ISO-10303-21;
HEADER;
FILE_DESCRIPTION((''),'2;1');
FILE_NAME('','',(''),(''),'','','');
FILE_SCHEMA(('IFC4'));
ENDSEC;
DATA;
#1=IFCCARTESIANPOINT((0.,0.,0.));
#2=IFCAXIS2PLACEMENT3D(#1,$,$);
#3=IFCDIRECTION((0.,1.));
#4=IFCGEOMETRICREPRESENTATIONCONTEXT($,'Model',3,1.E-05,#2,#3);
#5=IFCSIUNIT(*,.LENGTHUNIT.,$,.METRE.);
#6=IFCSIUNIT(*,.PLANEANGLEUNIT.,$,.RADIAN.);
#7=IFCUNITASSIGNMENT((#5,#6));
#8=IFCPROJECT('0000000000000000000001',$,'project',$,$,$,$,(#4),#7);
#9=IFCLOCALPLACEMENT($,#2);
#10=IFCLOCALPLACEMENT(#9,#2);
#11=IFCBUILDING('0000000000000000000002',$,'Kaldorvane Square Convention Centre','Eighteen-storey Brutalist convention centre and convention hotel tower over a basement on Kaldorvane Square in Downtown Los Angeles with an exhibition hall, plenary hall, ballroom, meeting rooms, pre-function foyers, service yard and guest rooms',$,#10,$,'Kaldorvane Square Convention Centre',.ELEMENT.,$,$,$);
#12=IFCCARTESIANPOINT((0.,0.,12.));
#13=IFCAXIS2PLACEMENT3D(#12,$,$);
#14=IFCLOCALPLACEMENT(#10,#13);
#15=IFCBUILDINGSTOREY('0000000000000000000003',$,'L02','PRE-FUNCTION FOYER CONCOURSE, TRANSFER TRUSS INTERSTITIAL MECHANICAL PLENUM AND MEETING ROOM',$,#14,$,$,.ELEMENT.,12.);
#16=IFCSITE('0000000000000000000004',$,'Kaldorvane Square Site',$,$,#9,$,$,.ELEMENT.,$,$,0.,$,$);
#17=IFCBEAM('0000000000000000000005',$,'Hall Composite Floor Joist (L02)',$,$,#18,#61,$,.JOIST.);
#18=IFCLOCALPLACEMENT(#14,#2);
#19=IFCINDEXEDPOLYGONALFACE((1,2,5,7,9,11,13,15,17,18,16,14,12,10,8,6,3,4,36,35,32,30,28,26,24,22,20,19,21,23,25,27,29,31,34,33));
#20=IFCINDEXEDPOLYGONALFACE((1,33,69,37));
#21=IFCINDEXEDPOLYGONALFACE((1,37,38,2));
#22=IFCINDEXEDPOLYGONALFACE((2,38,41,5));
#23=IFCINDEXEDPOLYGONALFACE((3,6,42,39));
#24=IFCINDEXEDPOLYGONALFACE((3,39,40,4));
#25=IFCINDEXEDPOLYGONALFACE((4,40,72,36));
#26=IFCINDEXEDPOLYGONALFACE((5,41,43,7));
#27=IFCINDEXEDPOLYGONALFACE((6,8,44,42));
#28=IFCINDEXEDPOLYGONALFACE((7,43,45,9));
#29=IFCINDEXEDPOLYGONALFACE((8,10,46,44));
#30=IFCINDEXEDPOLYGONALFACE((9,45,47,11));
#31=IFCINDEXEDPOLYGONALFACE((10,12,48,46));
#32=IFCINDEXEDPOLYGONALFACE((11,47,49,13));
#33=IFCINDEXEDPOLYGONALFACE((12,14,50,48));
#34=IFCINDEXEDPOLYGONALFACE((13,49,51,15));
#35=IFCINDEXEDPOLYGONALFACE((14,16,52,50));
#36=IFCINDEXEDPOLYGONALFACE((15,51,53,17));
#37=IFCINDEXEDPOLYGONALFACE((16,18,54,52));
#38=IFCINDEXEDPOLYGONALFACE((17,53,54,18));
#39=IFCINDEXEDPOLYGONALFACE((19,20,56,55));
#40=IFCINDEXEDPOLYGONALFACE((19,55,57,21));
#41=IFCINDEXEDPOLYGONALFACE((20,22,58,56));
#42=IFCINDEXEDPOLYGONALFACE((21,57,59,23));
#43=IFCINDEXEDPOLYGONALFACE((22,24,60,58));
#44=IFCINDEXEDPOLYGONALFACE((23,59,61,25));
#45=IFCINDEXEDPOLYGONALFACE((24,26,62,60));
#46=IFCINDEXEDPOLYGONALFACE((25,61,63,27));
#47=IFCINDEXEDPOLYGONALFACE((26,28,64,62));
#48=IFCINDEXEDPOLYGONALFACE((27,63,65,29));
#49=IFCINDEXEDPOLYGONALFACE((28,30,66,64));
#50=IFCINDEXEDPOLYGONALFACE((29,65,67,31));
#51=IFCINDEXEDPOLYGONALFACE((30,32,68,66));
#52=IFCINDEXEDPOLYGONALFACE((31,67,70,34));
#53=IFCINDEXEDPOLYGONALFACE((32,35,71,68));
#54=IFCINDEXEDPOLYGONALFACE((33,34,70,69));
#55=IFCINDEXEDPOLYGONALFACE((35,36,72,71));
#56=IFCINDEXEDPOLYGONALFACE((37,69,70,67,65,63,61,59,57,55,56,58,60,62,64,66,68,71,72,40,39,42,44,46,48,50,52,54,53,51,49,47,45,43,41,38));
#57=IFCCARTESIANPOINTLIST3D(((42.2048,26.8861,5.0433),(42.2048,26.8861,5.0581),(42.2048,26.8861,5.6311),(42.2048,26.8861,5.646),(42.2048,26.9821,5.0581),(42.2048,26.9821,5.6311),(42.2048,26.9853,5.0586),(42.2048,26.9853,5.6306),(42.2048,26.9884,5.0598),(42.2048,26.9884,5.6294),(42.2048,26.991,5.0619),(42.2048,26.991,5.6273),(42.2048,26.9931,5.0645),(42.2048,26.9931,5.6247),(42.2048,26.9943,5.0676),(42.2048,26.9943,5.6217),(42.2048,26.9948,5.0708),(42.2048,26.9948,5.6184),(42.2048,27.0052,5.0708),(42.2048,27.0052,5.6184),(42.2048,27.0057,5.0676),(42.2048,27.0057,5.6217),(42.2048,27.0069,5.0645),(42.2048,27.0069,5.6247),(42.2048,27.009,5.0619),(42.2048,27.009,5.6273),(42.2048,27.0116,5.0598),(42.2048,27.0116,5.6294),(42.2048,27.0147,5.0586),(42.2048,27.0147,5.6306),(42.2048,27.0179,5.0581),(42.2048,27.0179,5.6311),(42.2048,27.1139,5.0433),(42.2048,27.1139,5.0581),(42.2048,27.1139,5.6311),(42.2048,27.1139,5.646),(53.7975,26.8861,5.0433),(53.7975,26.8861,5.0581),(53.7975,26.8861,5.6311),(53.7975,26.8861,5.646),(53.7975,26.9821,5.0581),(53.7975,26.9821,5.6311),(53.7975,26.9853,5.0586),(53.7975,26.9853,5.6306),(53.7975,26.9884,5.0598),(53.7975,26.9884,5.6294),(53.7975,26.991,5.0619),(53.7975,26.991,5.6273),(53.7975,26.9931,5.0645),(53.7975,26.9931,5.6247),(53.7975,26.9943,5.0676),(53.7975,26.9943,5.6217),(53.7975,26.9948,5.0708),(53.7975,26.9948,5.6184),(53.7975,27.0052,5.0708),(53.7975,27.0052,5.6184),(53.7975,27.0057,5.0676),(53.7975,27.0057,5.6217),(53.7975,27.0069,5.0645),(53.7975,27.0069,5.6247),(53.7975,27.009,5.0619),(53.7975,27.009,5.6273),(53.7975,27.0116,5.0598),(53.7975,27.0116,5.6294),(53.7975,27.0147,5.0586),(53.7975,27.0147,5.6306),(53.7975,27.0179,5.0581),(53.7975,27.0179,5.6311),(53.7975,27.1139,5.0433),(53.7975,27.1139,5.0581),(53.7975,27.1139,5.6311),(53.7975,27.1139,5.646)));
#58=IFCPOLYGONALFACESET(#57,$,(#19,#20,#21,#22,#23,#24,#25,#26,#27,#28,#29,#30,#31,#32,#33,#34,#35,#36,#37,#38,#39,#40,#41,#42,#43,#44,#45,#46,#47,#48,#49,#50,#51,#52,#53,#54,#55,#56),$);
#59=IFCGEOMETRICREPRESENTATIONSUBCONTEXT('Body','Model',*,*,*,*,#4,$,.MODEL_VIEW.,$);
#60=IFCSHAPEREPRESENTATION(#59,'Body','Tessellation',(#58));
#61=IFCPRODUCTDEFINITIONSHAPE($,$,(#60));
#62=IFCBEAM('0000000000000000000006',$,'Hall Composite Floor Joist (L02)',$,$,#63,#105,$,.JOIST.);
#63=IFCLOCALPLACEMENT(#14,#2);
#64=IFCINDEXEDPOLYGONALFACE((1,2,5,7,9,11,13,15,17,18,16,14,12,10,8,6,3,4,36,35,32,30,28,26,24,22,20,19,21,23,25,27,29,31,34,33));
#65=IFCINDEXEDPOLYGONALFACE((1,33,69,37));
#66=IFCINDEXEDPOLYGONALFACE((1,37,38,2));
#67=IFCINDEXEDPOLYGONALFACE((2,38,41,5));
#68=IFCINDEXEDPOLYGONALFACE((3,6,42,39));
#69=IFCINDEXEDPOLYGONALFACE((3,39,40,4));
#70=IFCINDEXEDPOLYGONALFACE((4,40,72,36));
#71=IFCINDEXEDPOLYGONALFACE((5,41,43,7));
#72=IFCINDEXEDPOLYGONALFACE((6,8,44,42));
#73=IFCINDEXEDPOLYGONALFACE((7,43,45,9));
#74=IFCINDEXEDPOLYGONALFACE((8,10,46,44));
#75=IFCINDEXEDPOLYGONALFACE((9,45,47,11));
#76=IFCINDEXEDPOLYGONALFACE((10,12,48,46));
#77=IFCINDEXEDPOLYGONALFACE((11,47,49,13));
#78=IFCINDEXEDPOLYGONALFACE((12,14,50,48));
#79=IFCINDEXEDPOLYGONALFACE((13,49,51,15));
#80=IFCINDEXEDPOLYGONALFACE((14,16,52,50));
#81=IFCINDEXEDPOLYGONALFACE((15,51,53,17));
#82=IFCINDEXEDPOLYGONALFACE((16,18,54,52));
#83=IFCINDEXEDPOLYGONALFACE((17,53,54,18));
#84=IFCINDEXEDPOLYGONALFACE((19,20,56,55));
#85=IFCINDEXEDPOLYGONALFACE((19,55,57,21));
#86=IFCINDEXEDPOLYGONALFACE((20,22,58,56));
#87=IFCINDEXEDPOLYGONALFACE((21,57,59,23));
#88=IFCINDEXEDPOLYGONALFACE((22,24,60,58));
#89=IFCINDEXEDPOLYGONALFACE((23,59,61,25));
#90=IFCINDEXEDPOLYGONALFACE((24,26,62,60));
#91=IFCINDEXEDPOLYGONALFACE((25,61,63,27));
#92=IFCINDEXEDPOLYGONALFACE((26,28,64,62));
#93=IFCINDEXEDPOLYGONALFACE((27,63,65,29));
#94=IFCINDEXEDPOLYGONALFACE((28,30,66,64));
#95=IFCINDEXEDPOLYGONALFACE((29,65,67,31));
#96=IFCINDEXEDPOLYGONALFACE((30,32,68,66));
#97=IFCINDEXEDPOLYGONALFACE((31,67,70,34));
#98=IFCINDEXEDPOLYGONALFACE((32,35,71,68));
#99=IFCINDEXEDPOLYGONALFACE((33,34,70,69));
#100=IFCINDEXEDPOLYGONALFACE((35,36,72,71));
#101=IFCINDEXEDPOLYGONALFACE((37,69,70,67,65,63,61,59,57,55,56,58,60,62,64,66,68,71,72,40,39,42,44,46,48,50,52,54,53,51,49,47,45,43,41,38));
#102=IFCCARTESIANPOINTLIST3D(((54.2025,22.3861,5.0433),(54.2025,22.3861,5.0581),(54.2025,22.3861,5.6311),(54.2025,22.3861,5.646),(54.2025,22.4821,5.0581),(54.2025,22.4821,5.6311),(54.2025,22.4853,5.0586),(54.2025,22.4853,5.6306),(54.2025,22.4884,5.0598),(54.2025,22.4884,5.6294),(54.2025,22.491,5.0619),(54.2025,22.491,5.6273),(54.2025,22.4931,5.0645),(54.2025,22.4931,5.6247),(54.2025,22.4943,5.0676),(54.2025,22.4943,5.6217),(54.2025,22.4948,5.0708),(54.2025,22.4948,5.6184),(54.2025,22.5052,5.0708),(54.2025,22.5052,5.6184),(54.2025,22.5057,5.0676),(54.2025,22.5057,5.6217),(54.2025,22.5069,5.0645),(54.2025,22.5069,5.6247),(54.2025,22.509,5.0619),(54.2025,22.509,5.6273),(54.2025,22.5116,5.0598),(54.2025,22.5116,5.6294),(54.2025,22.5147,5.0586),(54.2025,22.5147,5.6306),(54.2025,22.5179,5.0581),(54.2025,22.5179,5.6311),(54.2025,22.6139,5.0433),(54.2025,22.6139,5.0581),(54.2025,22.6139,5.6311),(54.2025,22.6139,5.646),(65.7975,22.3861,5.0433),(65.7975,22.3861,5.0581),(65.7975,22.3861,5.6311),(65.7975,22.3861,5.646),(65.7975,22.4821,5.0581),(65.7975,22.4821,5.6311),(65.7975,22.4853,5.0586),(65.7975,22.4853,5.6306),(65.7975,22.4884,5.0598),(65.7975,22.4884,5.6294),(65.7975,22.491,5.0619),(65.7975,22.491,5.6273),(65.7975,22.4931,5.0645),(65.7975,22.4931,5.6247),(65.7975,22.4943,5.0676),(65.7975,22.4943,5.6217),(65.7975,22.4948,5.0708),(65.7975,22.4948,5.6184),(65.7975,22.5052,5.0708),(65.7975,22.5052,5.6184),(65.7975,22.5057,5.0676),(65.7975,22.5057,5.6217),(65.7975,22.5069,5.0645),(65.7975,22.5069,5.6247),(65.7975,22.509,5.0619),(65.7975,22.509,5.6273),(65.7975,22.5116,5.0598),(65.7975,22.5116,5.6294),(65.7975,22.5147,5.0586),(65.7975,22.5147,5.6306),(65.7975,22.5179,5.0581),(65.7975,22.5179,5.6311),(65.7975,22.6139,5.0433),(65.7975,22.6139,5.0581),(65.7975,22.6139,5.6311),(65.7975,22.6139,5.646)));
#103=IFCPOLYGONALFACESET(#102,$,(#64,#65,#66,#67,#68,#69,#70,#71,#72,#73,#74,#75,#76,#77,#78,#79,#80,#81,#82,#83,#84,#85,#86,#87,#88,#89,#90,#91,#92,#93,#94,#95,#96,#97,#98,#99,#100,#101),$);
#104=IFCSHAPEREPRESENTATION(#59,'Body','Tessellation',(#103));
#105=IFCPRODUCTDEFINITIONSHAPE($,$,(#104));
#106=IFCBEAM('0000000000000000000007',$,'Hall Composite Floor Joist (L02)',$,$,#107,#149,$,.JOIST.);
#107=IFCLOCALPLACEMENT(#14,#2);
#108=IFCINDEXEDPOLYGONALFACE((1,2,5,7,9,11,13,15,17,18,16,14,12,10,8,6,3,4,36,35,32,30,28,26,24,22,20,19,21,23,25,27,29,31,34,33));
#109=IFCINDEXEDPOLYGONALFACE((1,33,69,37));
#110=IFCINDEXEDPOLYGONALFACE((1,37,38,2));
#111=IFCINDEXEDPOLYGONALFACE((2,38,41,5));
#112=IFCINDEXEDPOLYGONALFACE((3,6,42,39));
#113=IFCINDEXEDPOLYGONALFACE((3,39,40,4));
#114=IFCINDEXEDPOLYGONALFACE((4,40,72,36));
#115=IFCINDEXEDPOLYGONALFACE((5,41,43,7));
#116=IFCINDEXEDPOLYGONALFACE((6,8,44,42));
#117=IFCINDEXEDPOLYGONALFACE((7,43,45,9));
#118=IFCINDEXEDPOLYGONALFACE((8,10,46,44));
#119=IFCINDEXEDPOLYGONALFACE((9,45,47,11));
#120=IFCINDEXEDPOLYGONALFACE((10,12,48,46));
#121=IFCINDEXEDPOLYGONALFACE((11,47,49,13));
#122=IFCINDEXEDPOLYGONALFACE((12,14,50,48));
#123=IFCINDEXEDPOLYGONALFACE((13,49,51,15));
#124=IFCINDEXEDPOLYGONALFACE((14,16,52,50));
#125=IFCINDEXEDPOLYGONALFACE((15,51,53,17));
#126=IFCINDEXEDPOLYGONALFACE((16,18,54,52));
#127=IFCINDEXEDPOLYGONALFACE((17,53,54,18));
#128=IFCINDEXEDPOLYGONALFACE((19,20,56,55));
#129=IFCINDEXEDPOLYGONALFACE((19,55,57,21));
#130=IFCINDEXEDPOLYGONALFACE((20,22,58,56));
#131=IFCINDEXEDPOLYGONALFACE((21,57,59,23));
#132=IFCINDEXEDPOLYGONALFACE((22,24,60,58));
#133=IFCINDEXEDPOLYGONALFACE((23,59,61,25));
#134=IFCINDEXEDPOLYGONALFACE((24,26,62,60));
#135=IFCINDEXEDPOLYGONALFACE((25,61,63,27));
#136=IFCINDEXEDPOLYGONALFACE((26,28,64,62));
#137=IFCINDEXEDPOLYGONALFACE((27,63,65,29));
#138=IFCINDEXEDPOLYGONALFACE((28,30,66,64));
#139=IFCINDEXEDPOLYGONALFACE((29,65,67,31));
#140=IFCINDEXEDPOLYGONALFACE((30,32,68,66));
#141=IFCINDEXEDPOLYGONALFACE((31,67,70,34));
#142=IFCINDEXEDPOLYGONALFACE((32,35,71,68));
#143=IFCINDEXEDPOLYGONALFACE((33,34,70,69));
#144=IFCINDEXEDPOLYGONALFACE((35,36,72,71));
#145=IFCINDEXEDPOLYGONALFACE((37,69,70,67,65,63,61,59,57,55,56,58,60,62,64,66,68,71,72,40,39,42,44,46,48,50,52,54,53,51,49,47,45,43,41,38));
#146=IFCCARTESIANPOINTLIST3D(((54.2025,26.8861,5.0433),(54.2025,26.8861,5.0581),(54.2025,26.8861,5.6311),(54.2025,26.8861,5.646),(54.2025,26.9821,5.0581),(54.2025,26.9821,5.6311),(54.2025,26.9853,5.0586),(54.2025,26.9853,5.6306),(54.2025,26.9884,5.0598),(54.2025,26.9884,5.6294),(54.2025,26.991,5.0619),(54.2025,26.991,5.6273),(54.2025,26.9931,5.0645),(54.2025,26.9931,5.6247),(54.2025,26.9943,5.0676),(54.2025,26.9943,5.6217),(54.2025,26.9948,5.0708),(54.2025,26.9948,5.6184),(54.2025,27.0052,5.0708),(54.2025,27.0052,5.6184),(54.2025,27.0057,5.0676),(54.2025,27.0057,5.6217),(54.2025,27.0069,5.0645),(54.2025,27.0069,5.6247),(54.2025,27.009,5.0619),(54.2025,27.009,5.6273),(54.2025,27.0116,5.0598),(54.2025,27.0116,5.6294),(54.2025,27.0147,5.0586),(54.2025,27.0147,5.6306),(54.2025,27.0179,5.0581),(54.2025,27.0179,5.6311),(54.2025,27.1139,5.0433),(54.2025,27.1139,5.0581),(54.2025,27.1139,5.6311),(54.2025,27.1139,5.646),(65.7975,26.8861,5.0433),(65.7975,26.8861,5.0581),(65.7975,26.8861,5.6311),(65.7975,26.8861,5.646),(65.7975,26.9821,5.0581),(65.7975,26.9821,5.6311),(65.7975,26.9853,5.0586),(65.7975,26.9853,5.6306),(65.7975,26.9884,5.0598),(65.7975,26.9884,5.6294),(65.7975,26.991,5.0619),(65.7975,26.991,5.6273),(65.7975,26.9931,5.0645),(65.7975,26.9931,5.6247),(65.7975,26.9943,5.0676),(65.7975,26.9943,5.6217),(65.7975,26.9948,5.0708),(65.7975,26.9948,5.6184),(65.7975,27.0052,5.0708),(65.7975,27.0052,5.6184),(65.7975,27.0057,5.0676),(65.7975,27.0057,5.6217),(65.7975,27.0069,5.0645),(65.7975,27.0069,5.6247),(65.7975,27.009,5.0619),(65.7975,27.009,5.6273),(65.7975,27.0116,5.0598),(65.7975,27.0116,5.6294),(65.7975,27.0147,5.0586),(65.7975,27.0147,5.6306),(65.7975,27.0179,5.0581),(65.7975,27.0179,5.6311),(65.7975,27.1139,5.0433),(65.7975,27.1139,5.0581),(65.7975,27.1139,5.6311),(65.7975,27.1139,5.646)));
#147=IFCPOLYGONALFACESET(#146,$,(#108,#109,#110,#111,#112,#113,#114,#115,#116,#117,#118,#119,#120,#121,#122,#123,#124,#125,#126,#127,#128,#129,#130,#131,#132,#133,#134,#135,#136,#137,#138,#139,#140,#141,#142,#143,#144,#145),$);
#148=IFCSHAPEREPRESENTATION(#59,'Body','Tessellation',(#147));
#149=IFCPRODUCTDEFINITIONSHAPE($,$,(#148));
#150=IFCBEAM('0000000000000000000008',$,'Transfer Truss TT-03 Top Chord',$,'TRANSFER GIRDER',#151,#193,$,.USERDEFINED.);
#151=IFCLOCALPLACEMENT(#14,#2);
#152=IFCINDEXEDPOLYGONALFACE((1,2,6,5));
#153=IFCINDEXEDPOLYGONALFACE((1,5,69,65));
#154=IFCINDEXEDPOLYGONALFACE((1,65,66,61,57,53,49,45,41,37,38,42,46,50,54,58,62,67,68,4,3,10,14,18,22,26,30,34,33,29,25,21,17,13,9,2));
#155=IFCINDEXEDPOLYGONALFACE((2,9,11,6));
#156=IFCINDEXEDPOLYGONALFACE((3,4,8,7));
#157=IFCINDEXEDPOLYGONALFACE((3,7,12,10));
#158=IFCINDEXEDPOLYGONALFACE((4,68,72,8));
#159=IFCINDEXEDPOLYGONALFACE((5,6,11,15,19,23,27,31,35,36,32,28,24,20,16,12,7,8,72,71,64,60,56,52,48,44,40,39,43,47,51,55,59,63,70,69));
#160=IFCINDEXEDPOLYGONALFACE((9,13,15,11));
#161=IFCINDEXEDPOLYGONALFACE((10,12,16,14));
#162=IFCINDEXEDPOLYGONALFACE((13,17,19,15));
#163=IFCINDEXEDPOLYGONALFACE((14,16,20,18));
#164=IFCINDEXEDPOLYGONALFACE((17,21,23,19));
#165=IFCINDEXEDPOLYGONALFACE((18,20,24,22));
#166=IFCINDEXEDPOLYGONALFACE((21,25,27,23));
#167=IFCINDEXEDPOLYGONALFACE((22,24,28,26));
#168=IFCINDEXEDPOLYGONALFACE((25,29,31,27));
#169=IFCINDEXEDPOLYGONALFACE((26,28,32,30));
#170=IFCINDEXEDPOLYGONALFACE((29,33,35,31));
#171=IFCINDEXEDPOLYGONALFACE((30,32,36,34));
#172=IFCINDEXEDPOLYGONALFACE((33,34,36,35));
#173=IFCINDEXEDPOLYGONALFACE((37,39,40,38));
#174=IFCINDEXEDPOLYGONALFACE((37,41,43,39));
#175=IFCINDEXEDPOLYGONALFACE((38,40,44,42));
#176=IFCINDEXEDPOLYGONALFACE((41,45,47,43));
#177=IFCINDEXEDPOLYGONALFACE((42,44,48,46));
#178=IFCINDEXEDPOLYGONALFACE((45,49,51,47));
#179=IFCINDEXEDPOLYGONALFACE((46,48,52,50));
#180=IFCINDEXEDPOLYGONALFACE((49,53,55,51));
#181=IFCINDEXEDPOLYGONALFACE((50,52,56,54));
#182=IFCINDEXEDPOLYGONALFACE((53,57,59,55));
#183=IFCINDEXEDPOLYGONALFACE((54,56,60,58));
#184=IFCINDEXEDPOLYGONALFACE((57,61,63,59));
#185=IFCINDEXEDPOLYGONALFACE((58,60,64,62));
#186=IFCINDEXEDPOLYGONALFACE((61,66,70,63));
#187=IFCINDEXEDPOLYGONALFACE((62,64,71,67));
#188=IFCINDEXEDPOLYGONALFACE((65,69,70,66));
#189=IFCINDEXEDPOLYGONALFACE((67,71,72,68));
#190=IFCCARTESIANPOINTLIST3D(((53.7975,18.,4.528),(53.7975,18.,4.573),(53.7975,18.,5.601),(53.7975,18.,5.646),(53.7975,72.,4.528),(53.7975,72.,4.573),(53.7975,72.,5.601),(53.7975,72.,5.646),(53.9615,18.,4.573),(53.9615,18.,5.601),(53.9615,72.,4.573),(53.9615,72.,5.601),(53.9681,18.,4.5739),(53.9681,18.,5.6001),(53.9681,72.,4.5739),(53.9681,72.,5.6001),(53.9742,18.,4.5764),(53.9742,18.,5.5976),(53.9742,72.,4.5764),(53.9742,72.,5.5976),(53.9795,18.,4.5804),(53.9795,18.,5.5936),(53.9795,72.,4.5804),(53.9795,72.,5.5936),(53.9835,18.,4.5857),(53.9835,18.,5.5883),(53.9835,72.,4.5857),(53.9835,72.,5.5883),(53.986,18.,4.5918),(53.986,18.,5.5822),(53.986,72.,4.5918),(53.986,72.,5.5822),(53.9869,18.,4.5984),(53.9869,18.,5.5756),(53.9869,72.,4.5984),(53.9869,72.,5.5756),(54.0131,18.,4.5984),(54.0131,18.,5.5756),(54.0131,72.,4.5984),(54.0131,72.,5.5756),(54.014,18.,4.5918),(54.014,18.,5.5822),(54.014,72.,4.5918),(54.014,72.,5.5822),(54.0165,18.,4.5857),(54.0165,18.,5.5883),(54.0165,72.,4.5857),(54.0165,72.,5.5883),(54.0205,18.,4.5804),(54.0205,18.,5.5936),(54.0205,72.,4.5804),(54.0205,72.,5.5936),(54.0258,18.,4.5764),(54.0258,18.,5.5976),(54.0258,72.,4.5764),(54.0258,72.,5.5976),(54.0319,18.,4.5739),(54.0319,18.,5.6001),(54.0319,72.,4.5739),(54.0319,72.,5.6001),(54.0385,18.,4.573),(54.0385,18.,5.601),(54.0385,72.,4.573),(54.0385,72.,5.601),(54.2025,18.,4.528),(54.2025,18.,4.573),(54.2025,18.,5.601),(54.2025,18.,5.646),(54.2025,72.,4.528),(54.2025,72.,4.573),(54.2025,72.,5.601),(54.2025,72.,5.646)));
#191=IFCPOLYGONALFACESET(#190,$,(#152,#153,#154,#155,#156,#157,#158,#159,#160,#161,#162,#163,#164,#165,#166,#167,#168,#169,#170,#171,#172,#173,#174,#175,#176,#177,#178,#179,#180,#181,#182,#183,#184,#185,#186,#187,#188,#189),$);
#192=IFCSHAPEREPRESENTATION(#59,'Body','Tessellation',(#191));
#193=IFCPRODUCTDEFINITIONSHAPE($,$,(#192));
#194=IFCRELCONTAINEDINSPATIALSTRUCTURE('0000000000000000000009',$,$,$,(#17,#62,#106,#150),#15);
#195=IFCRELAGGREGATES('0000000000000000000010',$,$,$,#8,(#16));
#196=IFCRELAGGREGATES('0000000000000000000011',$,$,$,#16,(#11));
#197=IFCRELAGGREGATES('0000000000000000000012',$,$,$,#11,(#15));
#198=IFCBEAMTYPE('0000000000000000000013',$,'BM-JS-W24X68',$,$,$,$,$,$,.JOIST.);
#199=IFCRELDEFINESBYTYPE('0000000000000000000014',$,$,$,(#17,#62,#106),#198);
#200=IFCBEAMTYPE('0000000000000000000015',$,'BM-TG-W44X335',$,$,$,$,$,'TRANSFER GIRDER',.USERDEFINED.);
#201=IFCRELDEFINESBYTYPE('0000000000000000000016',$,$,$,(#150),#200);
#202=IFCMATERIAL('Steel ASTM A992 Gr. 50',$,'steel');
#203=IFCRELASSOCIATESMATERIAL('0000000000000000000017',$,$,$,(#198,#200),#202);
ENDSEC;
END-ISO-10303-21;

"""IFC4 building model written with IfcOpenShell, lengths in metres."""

from ifc_helpers import new_model, si_unit, direction, frame, origin, origin_2d, place, context, subcontext, project, spatial, i_section, extrude, material, material_profile, profile_set, type_object, element, save


model = new_model("IFC4")

# Units and contexts
model_context = context("Model", 3, precision=1e-05, world=origin(), true_north=direction((0.0, 1.0)))
body_context = subcontext(model_context, "Body", "Model", "MODEL_VIEW")
ifc_project = project(units=[si_unit("LENGTHUNIT", "METRE"), si_unit("PLANEANGLEUNIT", "RADIAN")], contexts=[model_context])

# Site, building, storey
site_placement = place(None, origin())
site = spatial("IfcSite", under=ifc_project, at=site_placement, Name="Kaldorvane Square Site", CompositionType="ELEMENT", RefElevation=0.0)
building_placement = place(site_placement, origin())
building = spatial("IfcBuilding", under=site, at=building_placement, Name="Kaldorvane Square Convention Centre", Description="Eighteen-storey Brutalist convention centre and convention hotel tower over a basement on Kaldorvane Square in Downtown Los Angeles with an exhibition hall, plenary hall, ballroom, meeting rooms, pre-function foyers, service yard and guest rooms", LongName="Kaldorvane Square Convention Centre", CompositionType="ELEMENT")
storey_placement = place(building_placement, frame((0.0, 0.0, 12.0)))
storey = spatial("IfcBuildingStorey", under=building, at=storey_placement, Name="L02", Description="PRE-FUNCTION FOYER CONCOURSE, TRANSFER TRUSS INTERSTITIAL MECHANICAL PLENUM AND MEETING ROOM", CompositionType="ELEMENT", Elevation=12.0)

# Shared definitions
ifc_material_1 = material(Name="Steel ASTM A992 Gr. 50", Category="steel")

# Beams
ifc_material_profile_1 = material_profile(ifc_material_1, i_section(OverallWidth=0.2277, OverallDepth=0.6027, WebThickness=0.0105, FlangeThickness=0.0149, FilletRadius=0.0127, at=origin_2d()), Name="W24X68")
ifc_profile_set_1 = profile_set([ifc_material_profile_1], Name="Steel ASTM A992 Gr. 50")
beam_type_1 = type_object("IfcBeamType", Name="BM-JS-W24X68", PredefinedType="JOIST", material=ifc_profile_set_1)
for number, where, z_axis, x_axis, name in (
    (1, (42.2048, 27.0, 5.3446), (1.0, 0.0, 0.0), (0.0, 1.0, 0.0), "Hall Composite Floor Joist (L02)"),
):
    element("IfcBeam", number, at=place(storey_placement, frame(where, z_axis=z_axis, x_axis=x_axis)), inside=storey, type_object=beam_type_1, Name=name, PredefinedType="JOIST", context=body_context, shape_type="SweptSolid", body=[
        extrude(i_section(OverallWidth=0.2277, OverallDepth=0.6027, WebThickness=0.0105, FlangeThickness=0.0149, FilletRadius=0.0127, at=origin_2d()), origin(), (0.0, 0.0, 1.0), 11.5927),
    ])
for number, where, z_axis, x_axis, name in (
    (2, (54.2025, 22.5, 5.3446), (1.0, 0.0, 0.0), (0.0, 1.0, 0.0), "Hall Composite Floor Joist (L02)"),
    (3, (54.2025, 27.0, 5.3446), (1.0, 0.0, 0.0), (0.0, 1.0, 0.0), "Hall Composite Floor Joist (L02)"),
):
    element("IfcBeam", number, at=place(storey_placement, frame(where, z_axis=z_axis, x_axis=x_axis)), inside=storey, type_object=beam_type_1, Name=name, PredefinedType="JOIST", context=body_context, shape_type="SweptSolid", body=[
        extrude(i_section(OverallWidth=0.2277, OverallDepth=0.6027, WebThickness=0.0105, FlangeThickness=0.0149, FilletRadius=0.0127, at=origin_2d()), origin(), (0.0, 0.0, 1.0), 11.595),
    ])
ifc_material_profile_2 = material_profile(ifc_material_1, i_section(OverallWidth=0.405, OverallDepth=1.118, WebThickness=0.0262, FlangeThickness=0.045, FilletRadius=0.0254, at=origin_2d()), Name="W44X335")
ifc_profile_set_2 = profile_set([ifc_material_profile_2], Name="Steel ASTM A992 Gr. 50")
beam_type_2 = type_object("IfcBeamType", Name="BM-TG-W44X335", ElementType="TRANSFER GIRDER", PredefinedType="USERDEFINED", material=ifc_profile_set_2)
for number, where, z_axis, x_axis, name in (
    (4, (54.0, 18.0, 5.087), (0.0, 1.0, 0.0), (-1.0, 0.0, 0.0), "Transfer Truss TT-03 Top Chord"),
):
    element("IfcBeam", number, at=place(storey_placement, frame(where, z_axis=z_axis, x_axis=x_axis)), inside=storey, type_object=beam_type_2, Name=name, ObjectType="TRANSFER GIRDER", PredefinedType="USERDEFINED", context=body_context, shape_type="SweptSolid", body=[
        extrude(i_section(OverallWidth=0.405, OverallDepth=1.118, WebThickness=0.0262, FlangeThickness=0.045, FilletRadius=0.0254, at=origin_2d()), origin(), (0.0, 0.0, 1.0), 54.0),
    ])

save(model, "model.ifc")
